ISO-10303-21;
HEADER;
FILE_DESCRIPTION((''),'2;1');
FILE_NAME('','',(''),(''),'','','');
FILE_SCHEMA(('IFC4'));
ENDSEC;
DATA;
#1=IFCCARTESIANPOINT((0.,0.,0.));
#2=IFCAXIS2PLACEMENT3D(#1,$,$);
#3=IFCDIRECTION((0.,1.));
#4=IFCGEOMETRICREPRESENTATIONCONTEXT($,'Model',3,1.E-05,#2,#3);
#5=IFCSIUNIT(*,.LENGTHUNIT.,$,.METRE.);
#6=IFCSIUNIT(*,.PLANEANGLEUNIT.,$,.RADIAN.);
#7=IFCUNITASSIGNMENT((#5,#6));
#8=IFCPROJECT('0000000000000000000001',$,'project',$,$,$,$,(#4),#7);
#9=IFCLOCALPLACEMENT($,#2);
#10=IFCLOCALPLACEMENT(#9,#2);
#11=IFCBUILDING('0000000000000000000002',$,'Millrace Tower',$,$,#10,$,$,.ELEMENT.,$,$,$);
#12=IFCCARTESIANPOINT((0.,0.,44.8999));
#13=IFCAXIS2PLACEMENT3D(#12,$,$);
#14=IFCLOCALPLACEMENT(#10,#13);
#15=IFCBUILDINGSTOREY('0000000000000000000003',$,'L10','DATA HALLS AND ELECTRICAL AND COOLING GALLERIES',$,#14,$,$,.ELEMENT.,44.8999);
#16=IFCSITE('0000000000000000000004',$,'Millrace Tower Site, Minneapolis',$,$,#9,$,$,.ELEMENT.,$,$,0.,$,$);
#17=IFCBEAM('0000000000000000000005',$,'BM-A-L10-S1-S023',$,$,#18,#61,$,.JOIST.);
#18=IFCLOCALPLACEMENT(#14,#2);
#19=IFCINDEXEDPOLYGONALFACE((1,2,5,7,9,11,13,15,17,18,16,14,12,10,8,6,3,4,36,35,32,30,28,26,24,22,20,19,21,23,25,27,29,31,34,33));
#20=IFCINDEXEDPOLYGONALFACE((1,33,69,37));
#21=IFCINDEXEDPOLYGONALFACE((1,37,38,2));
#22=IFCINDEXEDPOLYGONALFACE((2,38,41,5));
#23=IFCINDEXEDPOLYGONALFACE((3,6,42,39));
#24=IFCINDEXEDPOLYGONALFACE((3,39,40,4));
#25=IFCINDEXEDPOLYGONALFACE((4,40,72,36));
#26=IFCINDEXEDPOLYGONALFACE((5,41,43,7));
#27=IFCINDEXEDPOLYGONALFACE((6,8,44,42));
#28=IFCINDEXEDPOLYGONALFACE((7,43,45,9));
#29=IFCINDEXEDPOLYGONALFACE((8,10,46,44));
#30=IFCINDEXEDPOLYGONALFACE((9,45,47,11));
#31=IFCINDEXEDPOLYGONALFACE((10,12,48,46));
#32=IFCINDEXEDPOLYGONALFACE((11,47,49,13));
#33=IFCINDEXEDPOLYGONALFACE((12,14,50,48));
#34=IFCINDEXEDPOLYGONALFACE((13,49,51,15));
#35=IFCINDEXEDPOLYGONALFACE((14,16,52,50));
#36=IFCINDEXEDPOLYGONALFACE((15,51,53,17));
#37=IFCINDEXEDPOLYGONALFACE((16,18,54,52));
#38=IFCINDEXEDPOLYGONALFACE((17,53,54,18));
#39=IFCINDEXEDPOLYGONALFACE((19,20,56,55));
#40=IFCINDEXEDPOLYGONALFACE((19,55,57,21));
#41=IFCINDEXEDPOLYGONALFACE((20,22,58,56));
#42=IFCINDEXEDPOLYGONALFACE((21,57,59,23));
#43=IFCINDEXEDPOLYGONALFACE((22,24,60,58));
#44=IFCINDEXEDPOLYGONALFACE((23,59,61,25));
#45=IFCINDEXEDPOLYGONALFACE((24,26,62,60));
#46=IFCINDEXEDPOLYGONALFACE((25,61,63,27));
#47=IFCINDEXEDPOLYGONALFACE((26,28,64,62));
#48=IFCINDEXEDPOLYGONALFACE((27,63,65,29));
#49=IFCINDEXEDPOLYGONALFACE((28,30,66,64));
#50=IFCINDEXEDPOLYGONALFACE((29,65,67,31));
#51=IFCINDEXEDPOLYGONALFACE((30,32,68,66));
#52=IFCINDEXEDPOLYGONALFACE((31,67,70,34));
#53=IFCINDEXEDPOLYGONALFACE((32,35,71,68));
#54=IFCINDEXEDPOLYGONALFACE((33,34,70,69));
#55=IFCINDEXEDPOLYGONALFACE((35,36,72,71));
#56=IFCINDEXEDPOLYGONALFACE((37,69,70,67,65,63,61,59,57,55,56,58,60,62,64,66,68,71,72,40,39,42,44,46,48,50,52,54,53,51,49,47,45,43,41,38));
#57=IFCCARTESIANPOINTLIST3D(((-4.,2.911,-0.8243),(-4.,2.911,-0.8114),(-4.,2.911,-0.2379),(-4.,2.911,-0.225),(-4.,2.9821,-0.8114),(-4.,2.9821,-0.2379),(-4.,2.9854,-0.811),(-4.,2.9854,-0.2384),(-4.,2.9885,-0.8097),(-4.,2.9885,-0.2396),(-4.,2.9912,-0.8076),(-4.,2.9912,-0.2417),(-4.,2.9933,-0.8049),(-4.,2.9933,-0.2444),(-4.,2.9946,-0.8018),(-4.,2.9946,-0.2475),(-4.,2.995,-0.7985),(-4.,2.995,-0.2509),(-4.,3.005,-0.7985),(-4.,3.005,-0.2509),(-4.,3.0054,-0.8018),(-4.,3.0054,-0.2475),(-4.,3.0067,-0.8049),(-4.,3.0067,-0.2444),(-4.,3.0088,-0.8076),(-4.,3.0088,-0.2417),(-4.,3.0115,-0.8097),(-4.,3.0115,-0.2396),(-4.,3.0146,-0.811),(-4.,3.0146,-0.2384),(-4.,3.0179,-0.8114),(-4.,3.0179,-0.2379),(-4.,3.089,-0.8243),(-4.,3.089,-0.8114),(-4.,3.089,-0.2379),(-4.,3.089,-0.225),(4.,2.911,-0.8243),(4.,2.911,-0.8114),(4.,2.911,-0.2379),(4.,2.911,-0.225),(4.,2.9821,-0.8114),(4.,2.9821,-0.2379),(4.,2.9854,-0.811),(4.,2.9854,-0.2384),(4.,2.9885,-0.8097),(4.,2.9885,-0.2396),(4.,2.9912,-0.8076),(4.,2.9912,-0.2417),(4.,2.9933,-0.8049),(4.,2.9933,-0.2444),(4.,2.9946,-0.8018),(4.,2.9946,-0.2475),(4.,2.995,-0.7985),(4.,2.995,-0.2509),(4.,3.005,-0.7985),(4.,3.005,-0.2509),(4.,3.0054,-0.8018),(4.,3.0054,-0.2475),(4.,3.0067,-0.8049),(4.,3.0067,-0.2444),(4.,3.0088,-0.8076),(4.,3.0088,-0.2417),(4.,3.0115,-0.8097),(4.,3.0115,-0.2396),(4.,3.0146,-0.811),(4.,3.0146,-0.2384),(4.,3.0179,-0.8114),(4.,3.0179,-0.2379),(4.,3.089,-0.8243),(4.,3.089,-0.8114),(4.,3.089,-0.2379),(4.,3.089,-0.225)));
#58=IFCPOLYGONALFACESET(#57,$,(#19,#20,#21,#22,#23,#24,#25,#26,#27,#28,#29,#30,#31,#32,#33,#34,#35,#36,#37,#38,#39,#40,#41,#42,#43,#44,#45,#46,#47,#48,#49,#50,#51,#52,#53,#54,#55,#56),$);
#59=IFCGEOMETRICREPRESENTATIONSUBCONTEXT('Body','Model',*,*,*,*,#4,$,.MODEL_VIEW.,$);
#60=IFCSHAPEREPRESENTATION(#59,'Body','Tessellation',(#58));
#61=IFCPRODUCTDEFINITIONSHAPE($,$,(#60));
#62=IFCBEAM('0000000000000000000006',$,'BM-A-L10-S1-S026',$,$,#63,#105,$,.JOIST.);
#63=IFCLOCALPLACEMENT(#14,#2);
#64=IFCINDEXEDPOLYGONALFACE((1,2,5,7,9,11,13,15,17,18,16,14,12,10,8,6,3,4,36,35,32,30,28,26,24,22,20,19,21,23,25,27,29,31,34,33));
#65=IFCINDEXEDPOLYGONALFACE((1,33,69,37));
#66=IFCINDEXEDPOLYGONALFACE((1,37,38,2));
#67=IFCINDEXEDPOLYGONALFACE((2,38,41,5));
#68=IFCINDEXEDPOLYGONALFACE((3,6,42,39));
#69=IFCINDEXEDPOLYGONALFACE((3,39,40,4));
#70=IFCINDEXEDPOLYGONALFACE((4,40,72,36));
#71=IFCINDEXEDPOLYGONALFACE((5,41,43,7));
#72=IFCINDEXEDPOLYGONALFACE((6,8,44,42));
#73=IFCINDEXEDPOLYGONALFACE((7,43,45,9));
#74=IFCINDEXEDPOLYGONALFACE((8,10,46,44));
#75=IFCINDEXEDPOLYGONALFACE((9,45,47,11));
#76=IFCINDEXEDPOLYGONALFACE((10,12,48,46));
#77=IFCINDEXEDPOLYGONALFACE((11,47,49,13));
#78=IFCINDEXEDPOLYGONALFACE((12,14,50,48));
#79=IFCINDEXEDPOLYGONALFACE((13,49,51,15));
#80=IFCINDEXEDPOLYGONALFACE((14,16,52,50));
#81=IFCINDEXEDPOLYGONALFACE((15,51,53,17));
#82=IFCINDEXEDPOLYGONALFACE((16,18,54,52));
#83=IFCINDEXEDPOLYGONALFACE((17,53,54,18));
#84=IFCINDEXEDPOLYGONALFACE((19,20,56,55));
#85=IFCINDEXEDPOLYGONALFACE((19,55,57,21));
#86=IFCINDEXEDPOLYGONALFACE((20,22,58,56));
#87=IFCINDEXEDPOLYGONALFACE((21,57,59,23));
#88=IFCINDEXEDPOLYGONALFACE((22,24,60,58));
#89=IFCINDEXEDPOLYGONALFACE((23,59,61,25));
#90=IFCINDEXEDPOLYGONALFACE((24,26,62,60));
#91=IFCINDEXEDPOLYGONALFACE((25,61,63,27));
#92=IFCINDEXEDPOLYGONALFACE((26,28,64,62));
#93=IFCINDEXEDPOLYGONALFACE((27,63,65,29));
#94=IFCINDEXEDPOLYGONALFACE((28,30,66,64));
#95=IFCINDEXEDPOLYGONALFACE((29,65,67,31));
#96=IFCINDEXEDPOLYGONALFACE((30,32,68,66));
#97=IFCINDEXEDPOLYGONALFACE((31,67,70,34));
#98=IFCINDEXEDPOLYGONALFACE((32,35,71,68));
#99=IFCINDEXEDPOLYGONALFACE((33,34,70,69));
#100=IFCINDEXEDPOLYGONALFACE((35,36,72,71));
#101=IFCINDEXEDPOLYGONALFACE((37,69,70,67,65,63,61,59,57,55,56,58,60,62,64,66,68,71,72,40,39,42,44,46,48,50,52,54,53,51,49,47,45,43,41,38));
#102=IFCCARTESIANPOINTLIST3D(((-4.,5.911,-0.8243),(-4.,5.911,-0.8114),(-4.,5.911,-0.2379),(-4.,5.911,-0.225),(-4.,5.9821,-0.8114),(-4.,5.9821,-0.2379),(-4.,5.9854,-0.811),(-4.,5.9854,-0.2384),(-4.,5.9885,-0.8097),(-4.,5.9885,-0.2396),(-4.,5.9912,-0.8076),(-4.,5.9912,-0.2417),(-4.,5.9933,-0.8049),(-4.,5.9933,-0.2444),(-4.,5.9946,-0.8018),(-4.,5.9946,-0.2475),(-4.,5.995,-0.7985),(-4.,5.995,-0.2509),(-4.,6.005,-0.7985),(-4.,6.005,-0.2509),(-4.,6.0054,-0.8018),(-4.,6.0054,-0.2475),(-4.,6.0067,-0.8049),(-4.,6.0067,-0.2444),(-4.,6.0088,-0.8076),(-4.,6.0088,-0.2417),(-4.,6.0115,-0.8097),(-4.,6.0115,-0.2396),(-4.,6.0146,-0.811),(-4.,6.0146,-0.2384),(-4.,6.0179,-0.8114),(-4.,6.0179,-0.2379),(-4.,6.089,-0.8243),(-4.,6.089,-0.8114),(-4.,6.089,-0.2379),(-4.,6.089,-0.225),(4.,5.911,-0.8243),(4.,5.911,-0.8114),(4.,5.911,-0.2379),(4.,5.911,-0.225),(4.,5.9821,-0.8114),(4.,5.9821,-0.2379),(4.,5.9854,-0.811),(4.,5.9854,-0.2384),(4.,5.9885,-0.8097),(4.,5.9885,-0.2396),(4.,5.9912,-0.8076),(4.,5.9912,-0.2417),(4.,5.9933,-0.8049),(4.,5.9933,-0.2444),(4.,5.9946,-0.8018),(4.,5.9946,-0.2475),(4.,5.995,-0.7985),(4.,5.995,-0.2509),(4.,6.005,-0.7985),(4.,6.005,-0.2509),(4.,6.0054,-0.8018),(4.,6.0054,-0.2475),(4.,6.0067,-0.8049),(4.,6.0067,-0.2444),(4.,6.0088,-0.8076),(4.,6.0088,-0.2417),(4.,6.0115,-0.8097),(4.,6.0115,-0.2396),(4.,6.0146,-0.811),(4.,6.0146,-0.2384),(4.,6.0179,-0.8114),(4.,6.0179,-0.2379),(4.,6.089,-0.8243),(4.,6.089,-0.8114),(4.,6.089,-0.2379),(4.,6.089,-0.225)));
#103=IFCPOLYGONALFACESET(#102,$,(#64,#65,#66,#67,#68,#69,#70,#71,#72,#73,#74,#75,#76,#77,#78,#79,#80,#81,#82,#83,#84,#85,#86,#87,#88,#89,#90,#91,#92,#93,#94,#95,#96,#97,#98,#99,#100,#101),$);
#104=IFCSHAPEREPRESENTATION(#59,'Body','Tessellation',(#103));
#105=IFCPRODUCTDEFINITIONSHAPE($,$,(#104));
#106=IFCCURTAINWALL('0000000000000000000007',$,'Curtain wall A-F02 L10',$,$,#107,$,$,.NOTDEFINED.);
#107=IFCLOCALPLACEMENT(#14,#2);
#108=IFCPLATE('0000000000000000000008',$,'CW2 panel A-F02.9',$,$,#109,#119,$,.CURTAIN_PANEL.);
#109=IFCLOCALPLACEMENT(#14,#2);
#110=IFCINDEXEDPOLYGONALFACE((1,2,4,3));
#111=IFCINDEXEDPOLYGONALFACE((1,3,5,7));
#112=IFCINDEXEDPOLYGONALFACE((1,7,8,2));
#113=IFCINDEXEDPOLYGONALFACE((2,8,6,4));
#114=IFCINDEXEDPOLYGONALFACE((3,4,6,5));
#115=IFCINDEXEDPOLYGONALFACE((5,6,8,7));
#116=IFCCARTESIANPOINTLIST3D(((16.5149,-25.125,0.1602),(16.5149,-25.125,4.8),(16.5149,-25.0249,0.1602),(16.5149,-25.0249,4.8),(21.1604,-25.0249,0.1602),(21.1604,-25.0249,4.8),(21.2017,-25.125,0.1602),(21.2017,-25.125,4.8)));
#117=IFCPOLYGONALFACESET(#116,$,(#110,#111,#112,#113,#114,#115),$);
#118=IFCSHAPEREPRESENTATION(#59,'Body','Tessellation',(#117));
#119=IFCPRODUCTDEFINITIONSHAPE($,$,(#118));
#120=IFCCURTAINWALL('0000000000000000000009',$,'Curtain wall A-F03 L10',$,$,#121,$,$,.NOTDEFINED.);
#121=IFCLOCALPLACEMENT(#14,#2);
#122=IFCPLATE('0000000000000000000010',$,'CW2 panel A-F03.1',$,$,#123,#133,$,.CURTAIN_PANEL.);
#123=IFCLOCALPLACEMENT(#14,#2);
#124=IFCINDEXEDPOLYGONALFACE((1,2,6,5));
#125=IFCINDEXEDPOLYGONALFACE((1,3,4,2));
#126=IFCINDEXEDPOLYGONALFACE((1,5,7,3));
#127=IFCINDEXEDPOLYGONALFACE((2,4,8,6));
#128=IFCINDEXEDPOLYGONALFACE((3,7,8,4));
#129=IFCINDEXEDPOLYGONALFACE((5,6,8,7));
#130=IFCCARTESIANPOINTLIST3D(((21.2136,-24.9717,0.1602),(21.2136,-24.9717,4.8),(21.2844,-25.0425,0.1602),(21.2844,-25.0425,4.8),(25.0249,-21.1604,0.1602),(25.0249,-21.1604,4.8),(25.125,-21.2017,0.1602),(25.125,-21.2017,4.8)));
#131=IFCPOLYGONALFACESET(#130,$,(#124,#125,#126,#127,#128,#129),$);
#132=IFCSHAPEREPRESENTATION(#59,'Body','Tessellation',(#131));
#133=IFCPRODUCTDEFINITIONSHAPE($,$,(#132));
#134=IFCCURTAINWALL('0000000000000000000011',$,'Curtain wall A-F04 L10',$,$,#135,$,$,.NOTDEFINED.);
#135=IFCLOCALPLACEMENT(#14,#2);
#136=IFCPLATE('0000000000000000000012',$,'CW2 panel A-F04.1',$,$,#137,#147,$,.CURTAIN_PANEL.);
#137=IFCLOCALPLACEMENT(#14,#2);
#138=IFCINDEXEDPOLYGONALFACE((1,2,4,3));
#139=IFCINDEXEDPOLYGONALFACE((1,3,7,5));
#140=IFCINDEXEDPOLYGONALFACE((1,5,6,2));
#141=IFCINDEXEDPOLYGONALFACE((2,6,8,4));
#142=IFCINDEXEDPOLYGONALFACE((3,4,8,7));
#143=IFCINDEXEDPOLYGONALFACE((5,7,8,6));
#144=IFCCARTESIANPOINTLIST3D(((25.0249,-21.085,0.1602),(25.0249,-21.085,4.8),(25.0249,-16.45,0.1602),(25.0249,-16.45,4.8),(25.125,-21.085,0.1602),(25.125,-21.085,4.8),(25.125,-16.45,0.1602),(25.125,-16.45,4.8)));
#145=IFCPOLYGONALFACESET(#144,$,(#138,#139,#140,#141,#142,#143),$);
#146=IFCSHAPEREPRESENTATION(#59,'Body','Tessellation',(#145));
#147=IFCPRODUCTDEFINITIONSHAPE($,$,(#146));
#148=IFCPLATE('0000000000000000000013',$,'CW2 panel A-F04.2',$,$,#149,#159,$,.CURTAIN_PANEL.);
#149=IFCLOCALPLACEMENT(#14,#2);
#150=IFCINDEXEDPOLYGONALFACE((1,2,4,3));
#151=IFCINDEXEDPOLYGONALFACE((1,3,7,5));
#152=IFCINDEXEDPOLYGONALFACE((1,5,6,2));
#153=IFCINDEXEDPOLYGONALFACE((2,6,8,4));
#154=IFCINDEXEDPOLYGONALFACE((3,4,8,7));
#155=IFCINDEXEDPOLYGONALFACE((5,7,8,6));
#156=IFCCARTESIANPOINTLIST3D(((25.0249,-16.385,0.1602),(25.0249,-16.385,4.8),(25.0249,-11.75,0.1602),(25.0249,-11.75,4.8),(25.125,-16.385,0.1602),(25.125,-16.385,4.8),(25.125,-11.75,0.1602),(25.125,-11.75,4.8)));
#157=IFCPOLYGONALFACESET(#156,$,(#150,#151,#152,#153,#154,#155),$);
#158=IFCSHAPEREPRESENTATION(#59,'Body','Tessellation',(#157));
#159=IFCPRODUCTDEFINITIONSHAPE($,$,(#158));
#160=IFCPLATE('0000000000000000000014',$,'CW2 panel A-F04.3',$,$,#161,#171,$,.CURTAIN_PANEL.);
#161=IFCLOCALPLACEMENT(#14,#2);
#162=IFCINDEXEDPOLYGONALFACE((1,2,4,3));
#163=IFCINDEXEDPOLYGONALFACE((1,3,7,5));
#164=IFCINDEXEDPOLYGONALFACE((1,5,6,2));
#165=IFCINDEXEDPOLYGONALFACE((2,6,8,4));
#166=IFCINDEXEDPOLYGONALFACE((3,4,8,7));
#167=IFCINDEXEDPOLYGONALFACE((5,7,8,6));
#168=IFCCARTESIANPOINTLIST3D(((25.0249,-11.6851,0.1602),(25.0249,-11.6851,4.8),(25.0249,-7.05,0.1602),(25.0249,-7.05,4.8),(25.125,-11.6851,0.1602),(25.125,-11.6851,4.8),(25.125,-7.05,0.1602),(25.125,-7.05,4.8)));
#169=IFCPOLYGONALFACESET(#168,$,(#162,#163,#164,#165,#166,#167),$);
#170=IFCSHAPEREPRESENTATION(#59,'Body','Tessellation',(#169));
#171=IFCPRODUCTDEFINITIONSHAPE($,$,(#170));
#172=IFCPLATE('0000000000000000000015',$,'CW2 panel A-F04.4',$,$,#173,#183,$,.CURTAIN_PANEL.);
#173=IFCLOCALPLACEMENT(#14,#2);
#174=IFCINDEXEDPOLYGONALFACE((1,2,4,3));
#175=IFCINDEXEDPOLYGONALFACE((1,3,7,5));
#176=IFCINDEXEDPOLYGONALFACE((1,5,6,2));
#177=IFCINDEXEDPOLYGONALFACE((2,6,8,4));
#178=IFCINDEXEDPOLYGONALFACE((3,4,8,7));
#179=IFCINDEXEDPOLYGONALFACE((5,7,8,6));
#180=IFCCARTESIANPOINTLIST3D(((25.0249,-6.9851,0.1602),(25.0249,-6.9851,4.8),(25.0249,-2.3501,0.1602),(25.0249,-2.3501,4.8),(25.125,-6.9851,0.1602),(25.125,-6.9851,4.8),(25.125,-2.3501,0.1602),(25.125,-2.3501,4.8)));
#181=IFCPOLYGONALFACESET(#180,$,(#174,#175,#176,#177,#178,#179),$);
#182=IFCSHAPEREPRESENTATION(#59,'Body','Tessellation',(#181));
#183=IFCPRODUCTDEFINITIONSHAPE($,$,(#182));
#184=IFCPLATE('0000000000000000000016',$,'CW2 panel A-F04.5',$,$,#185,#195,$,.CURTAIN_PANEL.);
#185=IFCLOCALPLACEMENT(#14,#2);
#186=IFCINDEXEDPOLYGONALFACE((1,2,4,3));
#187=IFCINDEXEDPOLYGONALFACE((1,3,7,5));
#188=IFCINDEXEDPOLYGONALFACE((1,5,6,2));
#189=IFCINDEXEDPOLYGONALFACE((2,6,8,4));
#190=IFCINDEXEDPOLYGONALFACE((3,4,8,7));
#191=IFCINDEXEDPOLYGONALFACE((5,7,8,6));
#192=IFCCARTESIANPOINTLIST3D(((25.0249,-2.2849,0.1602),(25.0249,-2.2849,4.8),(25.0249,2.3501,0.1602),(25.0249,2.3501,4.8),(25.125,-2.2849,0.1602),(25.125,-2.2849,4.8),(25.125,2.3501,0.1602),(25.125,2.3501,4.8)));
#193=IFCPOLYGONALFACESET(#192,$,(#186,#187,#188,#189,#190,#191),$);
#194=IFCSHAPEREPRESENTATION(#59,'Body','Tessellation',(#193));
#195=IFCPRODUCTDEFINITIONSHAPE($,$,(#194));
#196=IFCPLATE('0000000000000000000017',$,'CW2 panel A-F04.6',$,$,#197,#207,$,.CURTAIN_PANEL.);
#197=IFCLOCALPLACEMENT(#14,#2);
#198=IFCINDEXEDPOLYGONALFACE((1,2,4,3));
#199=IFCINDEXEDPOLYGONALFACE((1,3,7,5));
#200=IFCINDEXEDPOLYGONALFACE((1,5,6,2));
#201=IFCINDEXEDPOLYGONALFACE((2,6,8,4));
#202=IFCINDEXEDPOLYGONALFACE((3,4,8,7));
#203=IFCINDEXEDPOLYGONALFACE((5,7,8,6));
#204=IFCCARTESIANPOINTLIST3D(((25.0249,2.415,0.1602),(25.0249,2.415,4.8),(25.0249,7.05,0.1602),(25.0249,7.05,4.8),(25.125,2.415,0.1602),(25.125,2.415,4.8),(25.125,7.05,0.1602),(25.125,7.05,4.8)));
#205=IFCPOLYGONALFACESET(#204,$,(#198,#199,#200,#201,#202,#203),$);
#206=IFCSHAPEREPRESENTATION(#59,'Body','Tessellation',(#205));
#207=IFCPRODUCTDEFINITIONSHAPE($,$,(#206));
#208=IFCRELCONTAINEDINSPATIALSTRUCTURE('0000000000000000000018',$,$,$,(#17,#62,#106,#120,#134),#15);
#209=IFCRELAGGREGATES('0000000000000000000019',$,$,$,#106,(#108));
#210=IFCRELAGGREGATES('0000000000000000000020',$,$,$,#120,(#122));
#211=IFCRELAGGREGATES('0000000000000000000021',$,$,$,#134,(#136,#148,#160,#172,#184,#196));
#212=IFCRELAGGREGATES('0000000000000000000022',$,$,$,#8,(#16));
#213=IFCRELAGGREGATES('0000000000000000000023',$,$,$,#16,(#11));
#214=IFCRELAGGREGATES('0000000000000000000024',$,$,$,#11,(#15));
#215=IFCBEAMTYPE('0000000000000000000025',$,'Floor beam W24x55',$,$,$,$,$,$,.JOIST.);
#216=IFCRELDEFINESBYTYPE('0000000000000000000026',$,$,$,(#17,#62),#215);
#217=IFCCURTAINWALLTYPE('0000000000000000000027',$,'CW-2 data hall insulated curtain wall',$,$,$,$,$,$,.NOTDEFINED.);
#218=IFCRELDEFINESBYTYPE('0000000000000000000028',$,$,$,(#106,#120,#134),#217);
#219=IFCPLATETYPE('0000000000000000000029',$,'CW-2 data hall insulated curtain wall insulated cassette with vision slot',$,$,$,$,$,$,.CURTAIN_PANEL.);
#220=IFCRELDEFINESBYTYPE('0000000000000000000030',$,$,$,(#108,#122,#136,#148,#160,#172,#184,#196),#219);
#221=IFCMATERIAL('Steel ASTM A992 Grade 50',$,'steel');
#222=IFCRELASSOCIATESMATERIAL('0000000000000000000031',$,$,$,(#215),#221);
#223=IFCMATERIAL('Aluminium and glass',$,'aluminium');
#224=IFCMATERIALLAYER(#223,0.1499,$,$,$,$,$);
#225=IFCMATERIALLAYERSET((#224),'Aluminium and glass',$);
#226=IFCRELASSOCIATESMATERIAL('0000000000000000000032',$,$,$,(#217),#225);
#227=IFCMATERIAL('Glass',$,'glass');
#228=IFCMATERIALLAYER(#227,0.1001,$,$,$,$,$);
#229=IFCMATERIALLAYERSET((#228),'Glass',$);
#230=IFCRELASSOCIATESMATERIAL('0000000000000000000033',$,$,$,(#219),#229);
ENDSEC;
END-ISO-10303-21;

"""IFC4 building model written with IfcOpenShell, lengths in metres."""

from ifc_helpers import new_model, si_unit, direction, frame, origin, origin_2d, place, context, subcontext, project, spatial, polyline, i_section, outline, extrude, material, layer, layer_set, material_profile, profile_set, type_object, element, aggregate, save


model = new_model("IFC4")

# Units and contexts
model_context = context("Model", 3, precision=1e-05, world=origin(), true_north=direction((0.0, 1.0)))
body_context = subcontext(model_context, "Body", "Model", "MODEL_VIEW")
ifc_project = project(units=[si_unit("LENGTHUNIT", "METRE"), si_unit("PLANEANGLEUNIT", "RADIAN")], contexts=[model_context])

# Site, building, storey
site_placement = place(None, origin())
site = spatial("IfcSite", under=ifc_project, at=site_placement, Name="Millrace Tower Site, Minneapolis", CompositionType="ELEMENT", RefElevation=0.0)
building_placement = place(site_placement, origin())
building = spatial("IfcBuilding", under=site, at=building_placement, Name="Millrace Tower", CompositionType="ELEMENT")
storey_placement = place(building_placement, frame((0.0, 0.0, 44.8999)))
storey = spatial("IfcBuildingStorey", under=building, at=storey_placement, Name="L10", Description="DATA HALLS AND ELECTRICAL AND COOLING GALLERIES", CompositionType="ELEMENT", Elevation=44.8999)

# Beams
ifc_material_1 = material(Name="Steel ASTM A992 Grade 50", Category="steel")
ifc_material_profile = material_profile(ifc_material_1, i_section(OverallWidth=0.178, OverallDepth=0.5994, WebThickness=0.01, FlangeThickness=0.0129, FilletRadius=0.0129, at=origin_2d()))
ifc_profile_set = profile_set([ifc_material_profile], Name="Steel ASTM A992 Grade 50")
beam_type = type_object("IfcBeamType", Name="Floor beam W24x55", PredefinedType="JOIST", material=ifc_profile_set)
for number, where, z_axis, x_axis, name in (
    (1, (-4.0, 3.0, -0.5247), (1.0, 0.0, 0.0), (0.0, 1.0, 0.0), "BM-A-L10-S1-S023"),
    (2, (-4.0, 6.0, -0.5247), (1.0, 0.0, 0.0), (0.0, 1.0, 0.0), "BM-A-L10-S1-S026"),
):
    element("IfcBeam", number, at=place(storey_placement, frame(where, z_axis=z_axis, x_axis=x_axis)), inside=storey, type_object=beam_type, Name=name, PredefinedType="JOIST", context=body_context, shape_type="SweptSolid", body=[
        extrude(i_section(OverallWidth=0.178, OverallDepth=0.5994, WebThickness=0.01, FlangeThickness=0.0129, FilletRadius=0.0129, at=origin_2d()), origin(), (0.0, 0.0, 1.0), 8.0),
    ])

# Curtain walls, plates
ifc_material_2 = material(Name="Aluminium and glass", Category="aluminium")
ifc_layer_1 = layer(ifc_material_2, 0.1499)
ifc_layer_set_1 = layer_set([ifc_layer_1], Name="Aluminium and glass")
curtain_wall_type = type_object("IfcCurtainWallType", Name="CW-2 data hall insulated curtain wall", PredefinedType="NOTDEFINED", material=ifc_layer_set_1)
placement_1 = place(storey_placement, origin())
curtain_wall_1 = element("IfcCurtainWall", 3, at=placement_1, inside=storey, type_object=curtain_wall_type, Name="Curtain wall A-F02 L10", PredefinedType="NOTDEFINED")
ifc_material_3 = material(Name="Glass", Category="glass")
ifc_layer_2 = layer(ifc_material_3, 0.1001)
ifc_layer_set_2 = layer_set([ifc_layer_2], Name="Glass")
plate_type = type_object("IfcPlateType", Name="CW-2 data hall insulated curtain wall insulated cassette with vision slot", PredefinedType="CURTAIN_PANEL", material=ifc_layer_set_2)
placement_2 = place(storey_placement, frame((0.0, 0.0, 0.1602)))
plate_1 = element("IfcPlate", 4, at=placement_2, type_object=plate_type, Name="CW2 panel A-F02.9", PredefinedType="CURTAIN_PANEL", context=body_context, shape_type="SweptSolid", body=[
    extrude(outline(polyline([(16.5149, -25.125), (21.2017, -25.125), (21.1604, -25.0249), (16.5149, -25.0249), (16.5149, -25.125)])), origin(), (0.0, 0.0, 1.0), 4.6399),
])
aggregate(curtain_wall_1, [plate_1])
curtain_wall_2 = element("IfcCurtainWall", 5, at=placement_1, inside=storey, type_object=curtain_wall_type, Name="Curtain wall A-F03 L10", PredefinedType="NOTDEFINED")
plate_2 = element("IfcPlate", 6, at=placement_2, type_object=plate_type, Name="CW2 panel A-F03.1", PredefinedType="CURTAIN_PANEL", context=body_context, shape_type="SweptSolid", body=[
    extrude(outline(polyline([(21.2844, -25.0425), (25.125, -21.2017), (25.0249, -21.1604), (21.2136, -24.9717), (21.2844, -25.0425)])), origin(), (0.0, 0.0, 1.0), 4.6399),
])
aggregate(curtain_wall_2, [plate_2])

# Curtain wall, plates
curtain_wall_3 = element("IfcCurtainWall", 7, at=placement_1, inside=storey, type_object=curtain_wall_type, Name="Curtain wall A-F04 L10", PredefinedType="NOTDEFINED")
plate_3 = element("IfcPlate", 8, at=placement_2, type_object=plate_type, Name="CW2 panel A-F04.1", PredefinedType="CURTAIN_PANEL", context=body_context, shape_type="SweptSolid", body=[
    extrude(outline(polyline([(25.125, -21.085), (25.125, -16.45), (25.0249, -16.45), (25.0249, -21.085), (25.125, -21.085)])), origin(), (0.0, 0.0, 1.0), 4.6399),
])
plate_4 = element("IfcPlate", 9, at=placement_2, type_object=plate_type, Name="CW2 panel A-F04.2", PredefinedType="CURTAIN_PANEL", context=body_context, shape_type="SweptSolid", body=[
    extrude(outline(polyline([(25.125, -16.385), (25.125, -11.75), (25.0249, -11.75), (25.0249, -16.385), (25.125, -16.385)])), origin(), (0.0, 0.0, 1.0), 4.6399),
])
plate_5 = element("IfcPlate", 10, at=placement_2, type_object=plate_type, Name="CW2 panel A-F04.3", PredefinedType="CURTAIN_PANEL", context=body_context, shape_type="SweptSolid", body=[
    extrude(outline(polyline([(25.125, -11.6851), (25.125, -7.05), (25.0249, -7.05), (25.0249, -11.6851), (25.125, -11.6851)])), origin(), (0.0, 0.0, 1.0), 4.6399),
])
plate_6 = element("IfcPlate", 11, at=placement_2, type_object=plate_type, Name="CW2 panel A-F04.4", PredefinedType="CURTAIN_PANEL", context=body_context, shape_type="SweptSolid", body=[
    extrude(outline(polyline([(25.125, -6.9851), (25.125, -2.3501), (25.0249, -2.3501), (25.0249, -6.9851), (25.125, -6.9851)])), origin(), (0.0, 0.0, 1.0), 4.6399),
])
plate_7 = element("IfcPlate", 12, at=placement_2, type_object=plate_type, Name="CW2 panel A-F04.5", PredefinedType="CURTAIN_PANEL", context=body_context, shape_type="SweptSolid", body=[
    extrude(outline(polyline([(25.125, -2.2849), (25.125, 2.3501), (25.0249, 2.3501), (25.0249, -2.2849), (25.125, -2.2849)])), origin(), (0.0, 0.0, 1.0), 4.6399),
])
plate_8 = element("IfcPlate", 13, at=placement_2, type_object=plate_type, Name="CW2 panel A-F04.6", PredefinedType="CURTAIN_PANEL", context=body_context, shape_type="SweptSolid", body=[
    extrude(outline(polyline([(25.125, 2.415), (25.125, 7.05), (25.0249, 7.05), (25.0249, 2.415), (25.125, 2.415)])), origin(), (0.0, 0.0, 1.0), 4.6399),
])
aggregate(curtain_wall_3, [plate_3, plate_4, plate_5, plate_6, plate_7, plate_8])

save(model, "model.ifc")
